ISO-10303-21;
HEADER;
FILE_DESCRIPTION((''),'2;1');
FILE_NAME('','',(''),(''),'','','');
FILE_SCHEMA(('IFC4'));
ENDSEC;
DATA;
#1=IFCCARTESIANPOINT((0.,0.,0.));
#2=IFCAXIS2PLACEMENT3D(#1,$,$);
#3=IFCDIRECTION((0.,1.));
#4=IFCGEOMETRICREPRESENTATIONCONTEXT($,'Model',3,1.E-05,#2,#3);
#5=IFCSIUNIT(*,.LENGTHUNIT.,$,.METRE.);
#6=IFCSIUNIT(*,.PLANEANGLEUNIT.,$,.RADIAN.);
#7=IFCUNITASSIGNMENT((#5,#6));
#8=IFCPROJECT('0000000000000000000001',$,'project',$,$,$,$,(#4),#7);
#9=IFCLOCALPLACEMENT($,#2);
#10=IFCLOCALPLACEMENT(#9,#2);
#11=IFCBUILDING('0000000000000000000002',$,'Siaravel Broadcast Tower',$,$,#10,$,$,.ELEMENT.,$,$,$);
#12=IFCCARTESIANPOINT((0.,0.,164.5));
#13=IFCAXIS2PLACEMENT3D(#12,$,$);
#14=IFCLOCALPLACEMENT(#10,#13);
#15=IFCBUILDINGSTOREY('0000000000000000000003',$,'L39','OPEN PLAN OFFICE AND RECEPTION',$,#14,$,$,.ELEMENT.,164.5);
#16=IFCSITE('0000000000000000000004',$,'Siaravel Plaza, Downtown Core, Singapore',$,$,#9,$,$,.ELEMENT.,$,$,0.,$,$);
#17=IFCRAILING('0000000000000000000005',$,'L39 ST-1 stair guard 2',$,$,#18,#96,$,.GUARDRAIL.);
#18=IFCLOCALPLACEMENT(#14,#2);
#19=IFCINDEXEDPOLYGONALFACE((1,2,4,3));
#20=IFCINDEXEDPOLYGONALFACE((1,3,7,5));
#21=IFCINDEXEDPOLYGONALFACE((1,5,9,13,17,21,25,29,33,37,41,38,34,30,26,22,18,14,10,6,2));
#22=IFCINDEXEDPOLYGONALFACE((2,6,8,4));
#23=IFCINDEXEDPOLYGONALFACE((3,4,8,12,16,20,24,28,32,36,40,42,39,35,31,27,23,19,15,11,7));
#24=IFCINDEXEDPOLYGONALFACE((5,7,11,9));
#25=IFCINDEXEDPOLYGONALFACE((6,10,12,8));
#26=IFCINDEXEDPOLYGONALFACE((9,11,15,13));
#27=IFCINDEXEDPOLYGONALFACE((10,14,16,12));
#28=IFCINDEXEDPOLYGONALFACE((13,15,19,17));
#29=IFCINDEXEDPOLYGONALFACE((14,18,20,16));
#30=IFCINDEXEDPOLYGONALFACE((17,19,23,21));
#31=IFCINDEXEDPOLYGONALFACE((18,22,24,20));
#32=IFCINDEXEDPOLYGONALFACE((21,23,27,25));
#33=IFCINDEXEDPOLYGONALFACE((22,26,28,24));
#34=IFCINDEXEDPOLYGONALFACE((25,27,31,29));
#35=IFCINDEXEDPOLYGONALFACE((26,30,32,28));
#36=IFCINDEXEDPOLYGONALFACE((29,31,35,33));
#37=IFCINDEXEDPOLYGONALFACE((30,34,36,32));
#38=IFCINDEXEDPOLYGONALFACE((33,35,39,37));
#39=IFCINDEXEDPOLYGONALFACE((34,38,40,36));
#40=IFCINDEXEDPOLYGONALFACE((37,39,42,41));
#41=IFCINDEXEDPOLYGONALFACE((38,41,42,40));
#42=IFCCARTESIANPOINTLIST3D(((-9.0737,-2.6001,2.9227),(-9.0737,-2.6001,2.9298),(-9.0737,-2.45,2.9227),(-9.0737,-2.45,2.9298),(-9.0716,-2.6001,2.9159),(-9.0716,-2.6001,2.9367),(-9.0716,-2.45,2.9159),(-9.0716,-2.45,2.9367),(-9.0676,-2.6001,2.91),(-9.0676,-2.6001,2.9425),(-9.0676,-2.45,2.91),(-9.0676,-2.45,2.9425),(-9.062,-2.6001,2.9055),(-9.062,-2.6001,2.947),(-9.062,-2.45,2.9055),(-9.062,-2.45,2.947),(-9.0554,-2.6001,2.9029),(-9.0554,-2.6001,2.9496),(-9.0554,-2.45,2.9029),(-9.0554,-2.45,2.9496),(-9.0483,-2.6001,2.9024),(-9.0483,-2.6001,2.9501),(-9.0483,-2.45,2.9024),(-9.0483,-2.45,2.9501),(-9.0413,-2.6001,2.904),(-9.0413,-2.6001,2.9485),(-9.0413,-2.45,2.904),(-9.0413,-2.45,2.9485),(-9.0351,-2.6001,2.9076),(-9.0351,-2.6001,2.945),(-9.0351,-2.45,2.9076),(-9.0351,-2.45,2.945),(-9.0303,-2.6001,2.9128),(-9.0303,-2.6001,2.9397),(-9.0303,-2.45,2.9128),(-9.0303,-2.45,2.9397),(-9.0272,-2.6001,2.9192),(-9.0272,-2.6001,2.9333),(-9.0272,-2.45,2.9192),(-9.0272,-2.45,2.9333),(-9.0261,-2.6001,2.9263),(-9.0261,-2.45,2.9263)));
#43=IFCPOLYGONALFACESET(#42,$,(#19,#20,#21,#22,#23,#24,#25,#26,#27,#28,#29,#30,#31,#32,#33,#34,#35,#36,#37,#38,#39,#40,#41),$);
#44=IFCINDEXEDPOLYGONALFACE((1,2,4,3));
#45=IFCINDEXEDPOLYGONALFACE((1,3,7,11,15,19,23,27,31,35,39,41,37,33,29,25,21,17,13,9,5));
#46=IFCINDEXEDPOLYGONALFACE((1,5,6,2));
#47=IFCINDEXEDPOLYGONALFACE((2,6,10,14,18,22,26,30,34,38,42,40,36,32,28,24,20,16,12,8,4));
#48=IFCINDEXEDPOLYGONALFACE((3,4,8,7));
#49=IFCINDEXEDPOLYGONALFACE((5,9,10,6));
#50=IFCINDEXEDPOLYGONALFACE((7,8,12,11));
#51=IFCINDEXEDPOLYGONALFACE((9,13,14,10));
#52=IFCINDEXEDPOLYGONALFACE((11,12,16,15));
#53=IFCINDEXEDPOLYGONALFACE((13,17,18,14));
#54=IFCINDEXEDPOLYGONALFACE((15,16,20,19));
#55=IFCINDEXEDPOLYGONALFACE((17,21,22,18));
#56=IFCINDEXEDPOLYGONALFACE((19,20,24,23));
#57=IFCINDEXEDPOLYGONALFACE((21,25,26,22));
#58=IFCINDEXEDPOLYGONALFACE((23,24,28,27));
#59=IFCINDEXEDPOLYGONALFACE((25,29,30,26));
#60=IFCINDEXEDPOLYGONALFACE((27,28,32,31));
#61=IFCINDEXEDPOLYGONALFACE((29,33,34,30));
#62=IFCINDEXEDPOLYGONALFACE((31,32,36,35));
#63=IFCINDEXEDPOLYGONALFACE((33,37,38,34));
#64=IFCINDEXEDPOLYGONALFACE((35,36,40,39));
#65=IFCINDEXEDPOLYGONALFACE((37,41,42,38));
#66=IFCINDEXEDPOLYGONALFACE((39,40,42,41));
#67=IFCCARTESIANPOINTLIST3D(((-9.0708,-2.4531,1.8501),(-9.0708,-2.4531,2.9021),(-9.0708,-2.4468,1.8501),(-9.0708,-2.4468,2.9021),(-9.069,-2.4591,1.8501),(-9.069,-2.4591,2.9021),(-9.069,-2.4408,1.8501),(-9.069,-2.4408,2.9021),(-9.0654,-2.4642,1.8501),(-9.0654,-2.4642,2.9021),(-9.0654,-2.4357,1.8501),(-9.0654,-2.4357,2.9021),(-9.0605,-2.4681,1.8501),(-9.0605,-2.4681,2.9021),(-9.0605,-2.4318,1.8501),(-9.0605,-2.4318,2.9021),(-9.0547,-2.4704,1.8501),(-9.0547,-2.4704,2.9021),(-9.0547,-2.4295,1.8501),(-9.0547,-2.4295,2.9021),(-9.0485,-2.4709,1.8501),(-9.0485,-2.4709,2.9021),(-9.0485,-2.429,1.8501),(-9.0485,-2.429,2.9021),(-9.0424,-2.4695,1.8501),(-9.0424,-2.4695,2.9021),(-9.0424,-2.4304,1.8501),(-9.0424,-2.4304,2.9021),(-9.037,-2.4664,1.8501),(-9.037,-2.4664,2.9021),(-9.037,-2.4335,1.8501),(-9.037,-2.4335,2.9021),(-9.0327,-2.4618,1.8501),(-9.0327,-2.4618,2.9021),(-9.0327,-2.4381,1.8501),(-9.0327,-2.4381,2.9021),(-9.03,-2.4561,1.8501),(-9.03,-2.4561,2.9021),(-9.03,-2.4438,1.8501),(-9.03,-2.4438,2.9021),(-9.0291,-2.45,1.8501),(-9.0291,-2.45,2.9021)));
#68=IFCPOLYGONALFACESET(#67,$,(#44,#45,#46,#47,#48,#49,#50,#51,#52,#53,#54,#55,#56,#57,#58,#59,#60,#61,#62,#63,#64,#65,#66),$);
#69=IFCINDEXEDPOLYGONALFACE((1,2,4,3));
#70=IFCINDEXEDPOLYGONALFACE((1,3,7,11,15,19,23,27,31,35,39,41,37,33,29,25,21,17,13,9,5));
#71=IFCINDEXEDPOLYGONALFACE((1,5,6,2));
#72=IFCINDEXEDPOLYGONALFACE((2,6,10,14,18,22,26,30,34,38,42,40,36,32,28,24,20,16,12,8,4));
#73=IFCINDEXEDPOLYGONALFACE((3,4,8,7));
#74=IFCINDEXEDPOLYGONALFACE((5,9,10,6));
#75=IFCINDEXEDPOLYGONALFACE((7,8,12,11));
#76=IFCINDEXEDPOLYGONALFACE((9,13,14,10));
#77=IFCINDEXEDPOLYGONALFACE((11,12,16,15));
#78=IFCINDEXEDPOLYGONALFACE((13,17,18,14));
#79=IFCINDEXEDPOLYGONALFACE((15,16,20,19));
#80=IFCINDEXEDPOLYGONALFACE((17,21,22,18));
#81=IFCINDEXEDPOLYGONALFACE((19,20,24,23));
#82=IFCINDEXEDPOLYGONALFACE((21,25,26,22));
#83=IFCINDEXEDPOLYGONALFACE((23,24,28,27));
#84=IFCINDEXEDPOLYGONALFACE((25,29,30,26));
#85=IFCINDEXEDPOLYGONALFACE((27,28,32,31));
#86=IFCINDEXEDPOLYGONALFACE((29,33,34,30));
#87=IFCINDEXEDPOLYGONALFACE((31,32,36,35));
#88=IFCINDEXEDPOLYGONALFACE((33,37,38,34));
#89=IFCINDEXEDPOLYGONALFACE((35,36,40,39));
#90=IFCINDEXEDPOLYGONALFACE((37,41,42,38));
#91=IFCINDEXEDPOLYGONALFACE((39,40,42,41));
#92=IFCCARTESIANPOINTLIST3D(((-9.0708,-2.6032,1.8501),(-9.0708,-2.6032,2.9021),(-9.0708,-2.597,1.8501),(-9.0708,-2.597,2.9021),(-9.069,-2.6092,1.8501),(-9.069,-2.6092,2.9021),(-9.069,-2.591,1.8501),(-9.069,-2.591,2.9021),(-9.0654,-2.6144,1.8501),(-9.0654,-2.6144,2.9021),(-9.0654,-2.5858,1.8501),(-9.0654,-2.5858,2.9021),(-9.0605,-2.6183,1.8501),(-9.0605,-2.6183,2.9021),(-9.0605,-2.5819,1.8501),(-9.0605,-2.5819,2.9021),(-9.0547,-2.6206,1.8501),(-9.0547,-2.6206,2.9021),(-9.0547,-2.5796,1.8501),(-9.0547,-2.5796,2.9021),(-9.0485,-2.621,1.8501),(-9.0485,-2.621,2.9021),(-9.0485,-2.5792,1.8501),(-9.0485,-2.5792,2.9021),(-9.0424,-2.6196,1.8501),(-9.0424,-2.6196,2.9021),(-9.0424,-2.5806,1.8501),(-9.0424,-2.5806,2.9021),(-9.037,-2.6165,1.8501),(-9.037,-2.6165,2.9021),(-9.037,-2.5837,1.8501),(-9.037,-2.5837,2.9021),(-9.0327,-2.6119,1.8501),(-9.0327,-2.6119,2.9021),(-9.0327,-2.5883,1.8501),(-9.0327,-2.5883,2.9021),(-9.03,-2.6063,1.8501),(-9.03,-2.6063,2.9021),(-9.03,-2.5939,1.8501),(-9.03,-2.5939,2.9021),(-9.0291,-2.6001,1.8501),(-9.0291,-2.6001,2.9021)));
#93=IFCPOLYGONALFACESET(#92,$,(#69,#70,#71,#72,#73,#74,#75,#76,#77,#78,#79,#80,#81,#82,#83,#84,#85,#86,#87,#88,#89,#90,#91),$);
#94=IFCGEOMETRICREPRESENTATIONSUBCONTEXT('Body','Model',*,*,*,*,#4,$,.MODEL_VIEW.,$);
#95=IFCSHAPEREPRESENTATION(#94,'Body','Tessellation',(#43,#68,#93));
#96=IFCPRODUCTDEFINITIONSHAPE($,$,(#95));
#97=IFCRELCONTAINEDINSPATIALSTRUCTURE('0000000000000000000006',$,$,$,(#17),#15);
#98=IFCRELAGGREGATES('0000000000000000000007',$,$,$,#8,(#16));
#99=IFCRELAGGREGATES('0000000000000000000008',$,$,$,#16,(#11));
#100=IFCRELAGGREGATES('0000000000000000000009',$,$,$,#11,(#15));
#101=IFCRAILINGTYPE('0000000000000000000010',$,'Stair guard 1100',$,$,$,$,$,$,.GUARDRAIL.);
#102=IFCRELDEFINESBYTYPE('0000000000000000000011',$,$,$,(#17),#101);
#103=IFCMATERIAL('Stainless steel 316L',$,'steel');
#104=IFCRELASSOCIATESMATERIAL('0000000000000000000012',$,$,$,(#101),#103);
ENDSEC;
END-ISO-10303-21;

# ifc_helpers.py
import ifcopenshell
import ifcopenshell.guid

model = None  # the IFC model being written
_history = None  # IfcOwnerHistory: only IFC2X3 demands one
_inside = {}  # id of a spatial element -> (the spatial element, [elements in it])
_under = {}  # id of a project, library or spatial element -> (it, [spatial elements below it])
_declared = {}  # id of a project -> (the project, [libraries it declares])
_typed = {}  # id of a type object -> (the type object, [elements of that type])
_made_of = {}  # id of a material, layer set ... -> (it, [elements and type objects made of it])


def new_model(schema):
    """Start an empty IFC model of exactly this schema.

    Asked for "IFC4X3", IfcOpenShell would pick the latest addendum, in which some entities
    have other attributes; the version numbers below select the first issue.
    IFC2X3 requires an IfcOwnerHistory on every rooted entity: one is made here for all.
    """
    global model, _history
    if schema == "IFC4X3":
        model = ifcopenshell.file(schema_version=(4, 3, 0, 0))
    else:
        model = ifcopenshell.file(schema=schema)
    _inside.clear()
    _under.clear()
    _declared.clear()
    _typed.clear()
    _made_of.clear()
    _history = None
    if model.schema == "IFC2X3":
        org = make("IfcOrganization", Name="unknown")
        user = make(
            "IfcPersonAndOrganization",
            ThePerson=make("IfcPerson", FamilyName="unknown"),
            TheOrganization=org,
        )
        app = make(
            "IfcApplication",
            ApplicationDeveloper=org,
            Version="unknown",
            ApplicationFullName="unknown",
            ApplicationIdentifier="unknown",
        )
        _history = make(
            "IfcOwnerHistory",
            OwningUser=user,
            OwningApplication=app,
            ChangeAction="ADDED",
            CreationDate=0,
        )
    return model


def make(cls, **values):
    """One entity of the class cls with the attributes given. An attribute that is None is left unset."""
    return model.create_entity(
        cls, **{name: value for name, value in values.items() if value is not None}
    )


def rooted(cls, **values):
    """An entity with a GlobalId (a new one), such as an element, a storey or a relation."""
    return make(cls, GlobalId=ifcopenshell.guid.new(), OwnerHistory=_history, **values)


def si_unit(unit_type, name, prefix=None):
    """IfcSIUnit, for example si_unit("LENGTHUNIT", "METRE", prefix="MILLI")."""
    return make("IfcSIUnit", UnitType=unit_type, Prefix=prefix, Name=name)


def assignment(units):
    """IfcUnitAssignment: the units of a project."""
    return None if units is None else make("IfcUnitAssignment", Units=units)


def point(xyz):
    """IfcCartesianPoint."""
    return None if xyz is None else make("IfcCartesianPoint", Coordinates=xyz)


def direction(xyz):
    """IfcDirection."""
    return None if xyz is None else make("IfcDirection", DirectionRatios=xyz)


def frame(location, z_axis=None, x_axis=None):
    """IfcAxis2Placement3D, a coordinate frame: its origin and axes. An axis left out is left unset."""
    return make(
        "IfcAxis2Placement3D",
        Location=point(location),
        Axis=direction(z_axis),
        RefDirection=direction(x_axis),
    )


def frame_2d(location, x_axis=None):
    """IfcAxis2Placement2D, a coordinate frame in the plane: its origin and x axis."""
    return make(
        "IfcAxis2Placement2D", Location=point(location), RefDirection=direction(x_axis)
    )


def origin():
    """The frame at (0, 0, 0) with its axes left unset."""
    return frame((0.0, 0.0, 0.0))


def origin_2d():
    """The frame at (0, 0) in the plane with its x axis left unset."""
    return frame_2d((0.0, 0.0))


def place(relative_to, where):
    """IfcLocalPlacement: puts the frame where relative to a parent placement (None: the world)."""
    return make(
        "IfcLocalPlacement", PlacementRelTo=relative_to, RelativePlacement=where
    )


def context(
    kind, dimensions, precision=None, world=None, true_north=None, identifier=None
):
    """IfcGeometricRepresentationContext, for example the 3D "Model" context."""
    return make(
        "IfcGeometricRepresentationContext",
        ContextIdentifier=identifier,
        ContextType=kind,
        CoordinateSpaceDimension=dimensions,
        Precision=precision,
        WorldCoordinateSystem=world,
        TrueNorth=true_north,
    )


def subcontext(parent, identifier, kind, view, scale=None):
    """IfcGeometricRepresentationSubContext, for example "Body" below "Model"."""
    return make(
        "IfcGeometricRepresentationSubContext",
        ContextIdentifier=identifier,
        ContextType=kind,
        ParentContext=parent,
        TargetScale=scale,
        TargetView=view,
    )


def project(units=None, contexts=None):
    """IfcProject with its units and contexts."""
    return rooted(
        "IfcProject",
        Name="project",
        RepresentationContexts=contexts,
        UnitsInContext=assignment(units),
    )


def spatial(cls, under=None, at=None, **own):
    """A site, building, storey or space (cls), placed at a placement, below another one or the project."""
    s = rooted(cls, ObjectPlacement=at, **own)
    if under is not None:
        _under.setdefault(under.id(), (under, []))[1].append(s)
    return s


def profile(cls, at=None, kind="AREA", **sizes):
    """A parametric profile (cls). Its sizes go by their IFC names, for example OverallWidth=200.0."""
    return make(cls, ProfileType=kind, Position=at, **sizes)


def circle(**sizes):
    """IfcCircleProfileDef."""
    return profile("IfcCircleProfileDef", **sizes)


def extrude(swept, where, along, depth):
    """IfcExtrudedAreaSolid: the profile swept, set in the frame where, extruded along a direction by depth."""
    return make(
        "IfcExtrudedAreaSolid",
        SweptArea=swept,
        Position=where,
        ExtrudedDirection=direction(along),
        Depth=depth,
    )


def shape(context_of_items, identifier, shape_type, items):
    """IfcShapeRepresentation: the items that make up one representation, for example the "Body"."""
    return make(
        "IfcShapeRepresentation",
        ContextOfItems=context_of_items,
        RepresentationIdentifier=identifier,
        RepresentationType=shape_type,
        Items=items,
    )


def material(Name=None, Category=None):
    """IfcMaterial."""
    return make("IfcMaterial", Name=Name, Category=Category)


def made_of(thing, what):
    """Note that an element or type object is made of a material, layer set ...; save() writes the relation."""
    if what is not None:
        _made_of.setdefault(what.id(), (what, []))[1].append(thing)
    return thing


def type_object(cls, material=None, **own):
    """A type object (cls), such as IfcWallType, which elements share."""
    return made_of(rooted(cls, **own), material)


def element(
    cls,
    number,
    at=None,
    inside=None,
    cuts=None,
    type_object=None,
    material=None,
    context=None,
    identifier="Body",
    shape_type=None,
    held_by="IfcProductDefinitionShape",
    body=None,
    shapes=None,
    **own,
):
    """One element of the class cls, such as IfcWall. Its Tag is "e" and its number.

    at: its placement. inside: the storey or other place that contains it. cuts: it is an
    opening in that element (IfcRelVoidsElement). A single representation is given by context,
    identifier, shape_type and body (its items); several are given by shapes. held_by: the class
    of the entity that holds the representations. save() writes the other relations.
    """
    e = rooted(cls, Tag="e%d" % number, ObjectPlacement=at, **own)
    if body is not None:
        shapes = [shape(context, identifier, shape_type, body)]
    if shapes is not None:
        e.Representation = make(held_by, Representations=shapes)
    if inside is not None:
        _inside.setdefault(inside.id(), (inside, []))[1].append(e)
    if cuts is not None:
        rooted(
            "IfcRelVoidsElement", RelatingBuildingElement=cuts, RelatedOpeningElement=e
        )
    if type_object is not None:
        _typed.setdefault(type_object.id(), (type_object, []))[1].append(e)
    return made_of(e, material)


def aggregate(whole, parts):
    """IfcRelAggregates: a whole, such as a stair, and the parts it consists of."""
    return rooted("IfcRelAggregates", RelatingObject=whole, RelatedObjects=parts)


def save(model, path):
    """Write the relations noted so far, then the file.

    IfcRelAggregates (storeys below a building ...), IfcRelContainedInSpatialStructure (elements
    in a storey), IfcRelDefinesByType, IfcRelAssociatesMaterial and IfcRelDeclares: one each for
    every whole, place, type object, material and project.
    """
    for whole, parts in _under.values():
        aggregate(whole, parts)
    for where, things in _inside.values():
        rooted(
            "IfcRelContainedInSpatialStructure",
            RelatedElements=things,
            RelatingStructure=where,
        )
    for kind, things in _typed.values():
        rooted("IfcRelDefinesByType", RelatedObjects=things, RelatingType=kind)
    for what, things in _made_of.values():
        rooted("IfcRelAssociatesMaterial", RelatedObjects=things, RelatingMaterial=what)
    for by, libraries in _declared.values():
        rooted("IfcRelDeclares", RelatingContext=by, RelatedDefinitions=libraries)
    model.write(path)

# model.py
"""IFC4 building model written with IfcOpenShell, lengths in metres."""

from ifc_helpers import new_model, si_unit, direction, frame, origin, origin_2d, place, context, subcontext, project, spatial, circle, extrude, material, type_object, element, save


model = new_model("IFC4")

# Units and contexts
model_context = context("Model", 3, precision=1e-05, world=origin(), true_north=direction((0.0, 1.0)))
body_context = subcontext(model_context, "Body", "Model", "MODEL_VIEW")
ifc_project = project(units=[si_unit("LENGTHUNIT", "METRE"), si_unit("PLANEANGLEUNIT", "RADIAN")], contexts=[model_context])

# Site, building, storey
site_placement = place(None, origin())
site = spatial("IfcSite", under=ifc_project, at=site_placement, Name="Siaravel Plaza, Downtown Core, Singapore", CompositionType="ELEMENT", RefElevation=0.0)
building_placement = place(site_placement, origin())
building = spatial("IfcBuilding", under=site, at=building_placement, Name="Siaravel Broadcast Tower", CompositionType="ELEMENT")
storey_placement = place(building_placement, frame((0.0, 0.0, 164.5)))
storey = spatial("IfcBuildingStorey", under=building, at=storey_placement, Name="L39", Description="OPEN PLAN OFFICE AND RECEPTION", CompositionType="ELEMENT", Elevation=164.5)

# Shared definitions
ifc_material_1 = material(Name="Stainless steel 316L", Category="steel")

# Railing
railing_type_1 = type_object("IfcRailingType", Name="Stair guard 1100", PredefinedType="GUARDRAIL", material=ifc_material_1)
railing_1_placement = place(storey_placement, frame((-9.05, -2.45, 1.8501)))
element("IfcRailing", 1, at=railing_1_placement, inside=storey, type_object=railing_type_1, Name="L39 ST-1 stair guard 2", PredefinedType="GUARDRAIL", context=body_context, shape_type="SweptSolid", body=[
    extrude(circle(Radius=0.0239, at=origin_2d()), frame((0.0, 0.0, 1.0762), z_axis=(0.0, -1.0, 0.0), x_axis=(1.0, 0.0, 0.0)), (0.0, 0.0, 1.0), 0.1501),
    extrude(circle(Radius=0.021, at=origin_2d()), origin(), (0.0, 0.0, 1.0), 1.052),
    extrude(circle(Radius=0.021, at=origin_2d()), frame((0.0, -0.1501, 0.0)), (0.0, 0.0, 1.0), 1.052),
])

save(model, "model.ifc")
